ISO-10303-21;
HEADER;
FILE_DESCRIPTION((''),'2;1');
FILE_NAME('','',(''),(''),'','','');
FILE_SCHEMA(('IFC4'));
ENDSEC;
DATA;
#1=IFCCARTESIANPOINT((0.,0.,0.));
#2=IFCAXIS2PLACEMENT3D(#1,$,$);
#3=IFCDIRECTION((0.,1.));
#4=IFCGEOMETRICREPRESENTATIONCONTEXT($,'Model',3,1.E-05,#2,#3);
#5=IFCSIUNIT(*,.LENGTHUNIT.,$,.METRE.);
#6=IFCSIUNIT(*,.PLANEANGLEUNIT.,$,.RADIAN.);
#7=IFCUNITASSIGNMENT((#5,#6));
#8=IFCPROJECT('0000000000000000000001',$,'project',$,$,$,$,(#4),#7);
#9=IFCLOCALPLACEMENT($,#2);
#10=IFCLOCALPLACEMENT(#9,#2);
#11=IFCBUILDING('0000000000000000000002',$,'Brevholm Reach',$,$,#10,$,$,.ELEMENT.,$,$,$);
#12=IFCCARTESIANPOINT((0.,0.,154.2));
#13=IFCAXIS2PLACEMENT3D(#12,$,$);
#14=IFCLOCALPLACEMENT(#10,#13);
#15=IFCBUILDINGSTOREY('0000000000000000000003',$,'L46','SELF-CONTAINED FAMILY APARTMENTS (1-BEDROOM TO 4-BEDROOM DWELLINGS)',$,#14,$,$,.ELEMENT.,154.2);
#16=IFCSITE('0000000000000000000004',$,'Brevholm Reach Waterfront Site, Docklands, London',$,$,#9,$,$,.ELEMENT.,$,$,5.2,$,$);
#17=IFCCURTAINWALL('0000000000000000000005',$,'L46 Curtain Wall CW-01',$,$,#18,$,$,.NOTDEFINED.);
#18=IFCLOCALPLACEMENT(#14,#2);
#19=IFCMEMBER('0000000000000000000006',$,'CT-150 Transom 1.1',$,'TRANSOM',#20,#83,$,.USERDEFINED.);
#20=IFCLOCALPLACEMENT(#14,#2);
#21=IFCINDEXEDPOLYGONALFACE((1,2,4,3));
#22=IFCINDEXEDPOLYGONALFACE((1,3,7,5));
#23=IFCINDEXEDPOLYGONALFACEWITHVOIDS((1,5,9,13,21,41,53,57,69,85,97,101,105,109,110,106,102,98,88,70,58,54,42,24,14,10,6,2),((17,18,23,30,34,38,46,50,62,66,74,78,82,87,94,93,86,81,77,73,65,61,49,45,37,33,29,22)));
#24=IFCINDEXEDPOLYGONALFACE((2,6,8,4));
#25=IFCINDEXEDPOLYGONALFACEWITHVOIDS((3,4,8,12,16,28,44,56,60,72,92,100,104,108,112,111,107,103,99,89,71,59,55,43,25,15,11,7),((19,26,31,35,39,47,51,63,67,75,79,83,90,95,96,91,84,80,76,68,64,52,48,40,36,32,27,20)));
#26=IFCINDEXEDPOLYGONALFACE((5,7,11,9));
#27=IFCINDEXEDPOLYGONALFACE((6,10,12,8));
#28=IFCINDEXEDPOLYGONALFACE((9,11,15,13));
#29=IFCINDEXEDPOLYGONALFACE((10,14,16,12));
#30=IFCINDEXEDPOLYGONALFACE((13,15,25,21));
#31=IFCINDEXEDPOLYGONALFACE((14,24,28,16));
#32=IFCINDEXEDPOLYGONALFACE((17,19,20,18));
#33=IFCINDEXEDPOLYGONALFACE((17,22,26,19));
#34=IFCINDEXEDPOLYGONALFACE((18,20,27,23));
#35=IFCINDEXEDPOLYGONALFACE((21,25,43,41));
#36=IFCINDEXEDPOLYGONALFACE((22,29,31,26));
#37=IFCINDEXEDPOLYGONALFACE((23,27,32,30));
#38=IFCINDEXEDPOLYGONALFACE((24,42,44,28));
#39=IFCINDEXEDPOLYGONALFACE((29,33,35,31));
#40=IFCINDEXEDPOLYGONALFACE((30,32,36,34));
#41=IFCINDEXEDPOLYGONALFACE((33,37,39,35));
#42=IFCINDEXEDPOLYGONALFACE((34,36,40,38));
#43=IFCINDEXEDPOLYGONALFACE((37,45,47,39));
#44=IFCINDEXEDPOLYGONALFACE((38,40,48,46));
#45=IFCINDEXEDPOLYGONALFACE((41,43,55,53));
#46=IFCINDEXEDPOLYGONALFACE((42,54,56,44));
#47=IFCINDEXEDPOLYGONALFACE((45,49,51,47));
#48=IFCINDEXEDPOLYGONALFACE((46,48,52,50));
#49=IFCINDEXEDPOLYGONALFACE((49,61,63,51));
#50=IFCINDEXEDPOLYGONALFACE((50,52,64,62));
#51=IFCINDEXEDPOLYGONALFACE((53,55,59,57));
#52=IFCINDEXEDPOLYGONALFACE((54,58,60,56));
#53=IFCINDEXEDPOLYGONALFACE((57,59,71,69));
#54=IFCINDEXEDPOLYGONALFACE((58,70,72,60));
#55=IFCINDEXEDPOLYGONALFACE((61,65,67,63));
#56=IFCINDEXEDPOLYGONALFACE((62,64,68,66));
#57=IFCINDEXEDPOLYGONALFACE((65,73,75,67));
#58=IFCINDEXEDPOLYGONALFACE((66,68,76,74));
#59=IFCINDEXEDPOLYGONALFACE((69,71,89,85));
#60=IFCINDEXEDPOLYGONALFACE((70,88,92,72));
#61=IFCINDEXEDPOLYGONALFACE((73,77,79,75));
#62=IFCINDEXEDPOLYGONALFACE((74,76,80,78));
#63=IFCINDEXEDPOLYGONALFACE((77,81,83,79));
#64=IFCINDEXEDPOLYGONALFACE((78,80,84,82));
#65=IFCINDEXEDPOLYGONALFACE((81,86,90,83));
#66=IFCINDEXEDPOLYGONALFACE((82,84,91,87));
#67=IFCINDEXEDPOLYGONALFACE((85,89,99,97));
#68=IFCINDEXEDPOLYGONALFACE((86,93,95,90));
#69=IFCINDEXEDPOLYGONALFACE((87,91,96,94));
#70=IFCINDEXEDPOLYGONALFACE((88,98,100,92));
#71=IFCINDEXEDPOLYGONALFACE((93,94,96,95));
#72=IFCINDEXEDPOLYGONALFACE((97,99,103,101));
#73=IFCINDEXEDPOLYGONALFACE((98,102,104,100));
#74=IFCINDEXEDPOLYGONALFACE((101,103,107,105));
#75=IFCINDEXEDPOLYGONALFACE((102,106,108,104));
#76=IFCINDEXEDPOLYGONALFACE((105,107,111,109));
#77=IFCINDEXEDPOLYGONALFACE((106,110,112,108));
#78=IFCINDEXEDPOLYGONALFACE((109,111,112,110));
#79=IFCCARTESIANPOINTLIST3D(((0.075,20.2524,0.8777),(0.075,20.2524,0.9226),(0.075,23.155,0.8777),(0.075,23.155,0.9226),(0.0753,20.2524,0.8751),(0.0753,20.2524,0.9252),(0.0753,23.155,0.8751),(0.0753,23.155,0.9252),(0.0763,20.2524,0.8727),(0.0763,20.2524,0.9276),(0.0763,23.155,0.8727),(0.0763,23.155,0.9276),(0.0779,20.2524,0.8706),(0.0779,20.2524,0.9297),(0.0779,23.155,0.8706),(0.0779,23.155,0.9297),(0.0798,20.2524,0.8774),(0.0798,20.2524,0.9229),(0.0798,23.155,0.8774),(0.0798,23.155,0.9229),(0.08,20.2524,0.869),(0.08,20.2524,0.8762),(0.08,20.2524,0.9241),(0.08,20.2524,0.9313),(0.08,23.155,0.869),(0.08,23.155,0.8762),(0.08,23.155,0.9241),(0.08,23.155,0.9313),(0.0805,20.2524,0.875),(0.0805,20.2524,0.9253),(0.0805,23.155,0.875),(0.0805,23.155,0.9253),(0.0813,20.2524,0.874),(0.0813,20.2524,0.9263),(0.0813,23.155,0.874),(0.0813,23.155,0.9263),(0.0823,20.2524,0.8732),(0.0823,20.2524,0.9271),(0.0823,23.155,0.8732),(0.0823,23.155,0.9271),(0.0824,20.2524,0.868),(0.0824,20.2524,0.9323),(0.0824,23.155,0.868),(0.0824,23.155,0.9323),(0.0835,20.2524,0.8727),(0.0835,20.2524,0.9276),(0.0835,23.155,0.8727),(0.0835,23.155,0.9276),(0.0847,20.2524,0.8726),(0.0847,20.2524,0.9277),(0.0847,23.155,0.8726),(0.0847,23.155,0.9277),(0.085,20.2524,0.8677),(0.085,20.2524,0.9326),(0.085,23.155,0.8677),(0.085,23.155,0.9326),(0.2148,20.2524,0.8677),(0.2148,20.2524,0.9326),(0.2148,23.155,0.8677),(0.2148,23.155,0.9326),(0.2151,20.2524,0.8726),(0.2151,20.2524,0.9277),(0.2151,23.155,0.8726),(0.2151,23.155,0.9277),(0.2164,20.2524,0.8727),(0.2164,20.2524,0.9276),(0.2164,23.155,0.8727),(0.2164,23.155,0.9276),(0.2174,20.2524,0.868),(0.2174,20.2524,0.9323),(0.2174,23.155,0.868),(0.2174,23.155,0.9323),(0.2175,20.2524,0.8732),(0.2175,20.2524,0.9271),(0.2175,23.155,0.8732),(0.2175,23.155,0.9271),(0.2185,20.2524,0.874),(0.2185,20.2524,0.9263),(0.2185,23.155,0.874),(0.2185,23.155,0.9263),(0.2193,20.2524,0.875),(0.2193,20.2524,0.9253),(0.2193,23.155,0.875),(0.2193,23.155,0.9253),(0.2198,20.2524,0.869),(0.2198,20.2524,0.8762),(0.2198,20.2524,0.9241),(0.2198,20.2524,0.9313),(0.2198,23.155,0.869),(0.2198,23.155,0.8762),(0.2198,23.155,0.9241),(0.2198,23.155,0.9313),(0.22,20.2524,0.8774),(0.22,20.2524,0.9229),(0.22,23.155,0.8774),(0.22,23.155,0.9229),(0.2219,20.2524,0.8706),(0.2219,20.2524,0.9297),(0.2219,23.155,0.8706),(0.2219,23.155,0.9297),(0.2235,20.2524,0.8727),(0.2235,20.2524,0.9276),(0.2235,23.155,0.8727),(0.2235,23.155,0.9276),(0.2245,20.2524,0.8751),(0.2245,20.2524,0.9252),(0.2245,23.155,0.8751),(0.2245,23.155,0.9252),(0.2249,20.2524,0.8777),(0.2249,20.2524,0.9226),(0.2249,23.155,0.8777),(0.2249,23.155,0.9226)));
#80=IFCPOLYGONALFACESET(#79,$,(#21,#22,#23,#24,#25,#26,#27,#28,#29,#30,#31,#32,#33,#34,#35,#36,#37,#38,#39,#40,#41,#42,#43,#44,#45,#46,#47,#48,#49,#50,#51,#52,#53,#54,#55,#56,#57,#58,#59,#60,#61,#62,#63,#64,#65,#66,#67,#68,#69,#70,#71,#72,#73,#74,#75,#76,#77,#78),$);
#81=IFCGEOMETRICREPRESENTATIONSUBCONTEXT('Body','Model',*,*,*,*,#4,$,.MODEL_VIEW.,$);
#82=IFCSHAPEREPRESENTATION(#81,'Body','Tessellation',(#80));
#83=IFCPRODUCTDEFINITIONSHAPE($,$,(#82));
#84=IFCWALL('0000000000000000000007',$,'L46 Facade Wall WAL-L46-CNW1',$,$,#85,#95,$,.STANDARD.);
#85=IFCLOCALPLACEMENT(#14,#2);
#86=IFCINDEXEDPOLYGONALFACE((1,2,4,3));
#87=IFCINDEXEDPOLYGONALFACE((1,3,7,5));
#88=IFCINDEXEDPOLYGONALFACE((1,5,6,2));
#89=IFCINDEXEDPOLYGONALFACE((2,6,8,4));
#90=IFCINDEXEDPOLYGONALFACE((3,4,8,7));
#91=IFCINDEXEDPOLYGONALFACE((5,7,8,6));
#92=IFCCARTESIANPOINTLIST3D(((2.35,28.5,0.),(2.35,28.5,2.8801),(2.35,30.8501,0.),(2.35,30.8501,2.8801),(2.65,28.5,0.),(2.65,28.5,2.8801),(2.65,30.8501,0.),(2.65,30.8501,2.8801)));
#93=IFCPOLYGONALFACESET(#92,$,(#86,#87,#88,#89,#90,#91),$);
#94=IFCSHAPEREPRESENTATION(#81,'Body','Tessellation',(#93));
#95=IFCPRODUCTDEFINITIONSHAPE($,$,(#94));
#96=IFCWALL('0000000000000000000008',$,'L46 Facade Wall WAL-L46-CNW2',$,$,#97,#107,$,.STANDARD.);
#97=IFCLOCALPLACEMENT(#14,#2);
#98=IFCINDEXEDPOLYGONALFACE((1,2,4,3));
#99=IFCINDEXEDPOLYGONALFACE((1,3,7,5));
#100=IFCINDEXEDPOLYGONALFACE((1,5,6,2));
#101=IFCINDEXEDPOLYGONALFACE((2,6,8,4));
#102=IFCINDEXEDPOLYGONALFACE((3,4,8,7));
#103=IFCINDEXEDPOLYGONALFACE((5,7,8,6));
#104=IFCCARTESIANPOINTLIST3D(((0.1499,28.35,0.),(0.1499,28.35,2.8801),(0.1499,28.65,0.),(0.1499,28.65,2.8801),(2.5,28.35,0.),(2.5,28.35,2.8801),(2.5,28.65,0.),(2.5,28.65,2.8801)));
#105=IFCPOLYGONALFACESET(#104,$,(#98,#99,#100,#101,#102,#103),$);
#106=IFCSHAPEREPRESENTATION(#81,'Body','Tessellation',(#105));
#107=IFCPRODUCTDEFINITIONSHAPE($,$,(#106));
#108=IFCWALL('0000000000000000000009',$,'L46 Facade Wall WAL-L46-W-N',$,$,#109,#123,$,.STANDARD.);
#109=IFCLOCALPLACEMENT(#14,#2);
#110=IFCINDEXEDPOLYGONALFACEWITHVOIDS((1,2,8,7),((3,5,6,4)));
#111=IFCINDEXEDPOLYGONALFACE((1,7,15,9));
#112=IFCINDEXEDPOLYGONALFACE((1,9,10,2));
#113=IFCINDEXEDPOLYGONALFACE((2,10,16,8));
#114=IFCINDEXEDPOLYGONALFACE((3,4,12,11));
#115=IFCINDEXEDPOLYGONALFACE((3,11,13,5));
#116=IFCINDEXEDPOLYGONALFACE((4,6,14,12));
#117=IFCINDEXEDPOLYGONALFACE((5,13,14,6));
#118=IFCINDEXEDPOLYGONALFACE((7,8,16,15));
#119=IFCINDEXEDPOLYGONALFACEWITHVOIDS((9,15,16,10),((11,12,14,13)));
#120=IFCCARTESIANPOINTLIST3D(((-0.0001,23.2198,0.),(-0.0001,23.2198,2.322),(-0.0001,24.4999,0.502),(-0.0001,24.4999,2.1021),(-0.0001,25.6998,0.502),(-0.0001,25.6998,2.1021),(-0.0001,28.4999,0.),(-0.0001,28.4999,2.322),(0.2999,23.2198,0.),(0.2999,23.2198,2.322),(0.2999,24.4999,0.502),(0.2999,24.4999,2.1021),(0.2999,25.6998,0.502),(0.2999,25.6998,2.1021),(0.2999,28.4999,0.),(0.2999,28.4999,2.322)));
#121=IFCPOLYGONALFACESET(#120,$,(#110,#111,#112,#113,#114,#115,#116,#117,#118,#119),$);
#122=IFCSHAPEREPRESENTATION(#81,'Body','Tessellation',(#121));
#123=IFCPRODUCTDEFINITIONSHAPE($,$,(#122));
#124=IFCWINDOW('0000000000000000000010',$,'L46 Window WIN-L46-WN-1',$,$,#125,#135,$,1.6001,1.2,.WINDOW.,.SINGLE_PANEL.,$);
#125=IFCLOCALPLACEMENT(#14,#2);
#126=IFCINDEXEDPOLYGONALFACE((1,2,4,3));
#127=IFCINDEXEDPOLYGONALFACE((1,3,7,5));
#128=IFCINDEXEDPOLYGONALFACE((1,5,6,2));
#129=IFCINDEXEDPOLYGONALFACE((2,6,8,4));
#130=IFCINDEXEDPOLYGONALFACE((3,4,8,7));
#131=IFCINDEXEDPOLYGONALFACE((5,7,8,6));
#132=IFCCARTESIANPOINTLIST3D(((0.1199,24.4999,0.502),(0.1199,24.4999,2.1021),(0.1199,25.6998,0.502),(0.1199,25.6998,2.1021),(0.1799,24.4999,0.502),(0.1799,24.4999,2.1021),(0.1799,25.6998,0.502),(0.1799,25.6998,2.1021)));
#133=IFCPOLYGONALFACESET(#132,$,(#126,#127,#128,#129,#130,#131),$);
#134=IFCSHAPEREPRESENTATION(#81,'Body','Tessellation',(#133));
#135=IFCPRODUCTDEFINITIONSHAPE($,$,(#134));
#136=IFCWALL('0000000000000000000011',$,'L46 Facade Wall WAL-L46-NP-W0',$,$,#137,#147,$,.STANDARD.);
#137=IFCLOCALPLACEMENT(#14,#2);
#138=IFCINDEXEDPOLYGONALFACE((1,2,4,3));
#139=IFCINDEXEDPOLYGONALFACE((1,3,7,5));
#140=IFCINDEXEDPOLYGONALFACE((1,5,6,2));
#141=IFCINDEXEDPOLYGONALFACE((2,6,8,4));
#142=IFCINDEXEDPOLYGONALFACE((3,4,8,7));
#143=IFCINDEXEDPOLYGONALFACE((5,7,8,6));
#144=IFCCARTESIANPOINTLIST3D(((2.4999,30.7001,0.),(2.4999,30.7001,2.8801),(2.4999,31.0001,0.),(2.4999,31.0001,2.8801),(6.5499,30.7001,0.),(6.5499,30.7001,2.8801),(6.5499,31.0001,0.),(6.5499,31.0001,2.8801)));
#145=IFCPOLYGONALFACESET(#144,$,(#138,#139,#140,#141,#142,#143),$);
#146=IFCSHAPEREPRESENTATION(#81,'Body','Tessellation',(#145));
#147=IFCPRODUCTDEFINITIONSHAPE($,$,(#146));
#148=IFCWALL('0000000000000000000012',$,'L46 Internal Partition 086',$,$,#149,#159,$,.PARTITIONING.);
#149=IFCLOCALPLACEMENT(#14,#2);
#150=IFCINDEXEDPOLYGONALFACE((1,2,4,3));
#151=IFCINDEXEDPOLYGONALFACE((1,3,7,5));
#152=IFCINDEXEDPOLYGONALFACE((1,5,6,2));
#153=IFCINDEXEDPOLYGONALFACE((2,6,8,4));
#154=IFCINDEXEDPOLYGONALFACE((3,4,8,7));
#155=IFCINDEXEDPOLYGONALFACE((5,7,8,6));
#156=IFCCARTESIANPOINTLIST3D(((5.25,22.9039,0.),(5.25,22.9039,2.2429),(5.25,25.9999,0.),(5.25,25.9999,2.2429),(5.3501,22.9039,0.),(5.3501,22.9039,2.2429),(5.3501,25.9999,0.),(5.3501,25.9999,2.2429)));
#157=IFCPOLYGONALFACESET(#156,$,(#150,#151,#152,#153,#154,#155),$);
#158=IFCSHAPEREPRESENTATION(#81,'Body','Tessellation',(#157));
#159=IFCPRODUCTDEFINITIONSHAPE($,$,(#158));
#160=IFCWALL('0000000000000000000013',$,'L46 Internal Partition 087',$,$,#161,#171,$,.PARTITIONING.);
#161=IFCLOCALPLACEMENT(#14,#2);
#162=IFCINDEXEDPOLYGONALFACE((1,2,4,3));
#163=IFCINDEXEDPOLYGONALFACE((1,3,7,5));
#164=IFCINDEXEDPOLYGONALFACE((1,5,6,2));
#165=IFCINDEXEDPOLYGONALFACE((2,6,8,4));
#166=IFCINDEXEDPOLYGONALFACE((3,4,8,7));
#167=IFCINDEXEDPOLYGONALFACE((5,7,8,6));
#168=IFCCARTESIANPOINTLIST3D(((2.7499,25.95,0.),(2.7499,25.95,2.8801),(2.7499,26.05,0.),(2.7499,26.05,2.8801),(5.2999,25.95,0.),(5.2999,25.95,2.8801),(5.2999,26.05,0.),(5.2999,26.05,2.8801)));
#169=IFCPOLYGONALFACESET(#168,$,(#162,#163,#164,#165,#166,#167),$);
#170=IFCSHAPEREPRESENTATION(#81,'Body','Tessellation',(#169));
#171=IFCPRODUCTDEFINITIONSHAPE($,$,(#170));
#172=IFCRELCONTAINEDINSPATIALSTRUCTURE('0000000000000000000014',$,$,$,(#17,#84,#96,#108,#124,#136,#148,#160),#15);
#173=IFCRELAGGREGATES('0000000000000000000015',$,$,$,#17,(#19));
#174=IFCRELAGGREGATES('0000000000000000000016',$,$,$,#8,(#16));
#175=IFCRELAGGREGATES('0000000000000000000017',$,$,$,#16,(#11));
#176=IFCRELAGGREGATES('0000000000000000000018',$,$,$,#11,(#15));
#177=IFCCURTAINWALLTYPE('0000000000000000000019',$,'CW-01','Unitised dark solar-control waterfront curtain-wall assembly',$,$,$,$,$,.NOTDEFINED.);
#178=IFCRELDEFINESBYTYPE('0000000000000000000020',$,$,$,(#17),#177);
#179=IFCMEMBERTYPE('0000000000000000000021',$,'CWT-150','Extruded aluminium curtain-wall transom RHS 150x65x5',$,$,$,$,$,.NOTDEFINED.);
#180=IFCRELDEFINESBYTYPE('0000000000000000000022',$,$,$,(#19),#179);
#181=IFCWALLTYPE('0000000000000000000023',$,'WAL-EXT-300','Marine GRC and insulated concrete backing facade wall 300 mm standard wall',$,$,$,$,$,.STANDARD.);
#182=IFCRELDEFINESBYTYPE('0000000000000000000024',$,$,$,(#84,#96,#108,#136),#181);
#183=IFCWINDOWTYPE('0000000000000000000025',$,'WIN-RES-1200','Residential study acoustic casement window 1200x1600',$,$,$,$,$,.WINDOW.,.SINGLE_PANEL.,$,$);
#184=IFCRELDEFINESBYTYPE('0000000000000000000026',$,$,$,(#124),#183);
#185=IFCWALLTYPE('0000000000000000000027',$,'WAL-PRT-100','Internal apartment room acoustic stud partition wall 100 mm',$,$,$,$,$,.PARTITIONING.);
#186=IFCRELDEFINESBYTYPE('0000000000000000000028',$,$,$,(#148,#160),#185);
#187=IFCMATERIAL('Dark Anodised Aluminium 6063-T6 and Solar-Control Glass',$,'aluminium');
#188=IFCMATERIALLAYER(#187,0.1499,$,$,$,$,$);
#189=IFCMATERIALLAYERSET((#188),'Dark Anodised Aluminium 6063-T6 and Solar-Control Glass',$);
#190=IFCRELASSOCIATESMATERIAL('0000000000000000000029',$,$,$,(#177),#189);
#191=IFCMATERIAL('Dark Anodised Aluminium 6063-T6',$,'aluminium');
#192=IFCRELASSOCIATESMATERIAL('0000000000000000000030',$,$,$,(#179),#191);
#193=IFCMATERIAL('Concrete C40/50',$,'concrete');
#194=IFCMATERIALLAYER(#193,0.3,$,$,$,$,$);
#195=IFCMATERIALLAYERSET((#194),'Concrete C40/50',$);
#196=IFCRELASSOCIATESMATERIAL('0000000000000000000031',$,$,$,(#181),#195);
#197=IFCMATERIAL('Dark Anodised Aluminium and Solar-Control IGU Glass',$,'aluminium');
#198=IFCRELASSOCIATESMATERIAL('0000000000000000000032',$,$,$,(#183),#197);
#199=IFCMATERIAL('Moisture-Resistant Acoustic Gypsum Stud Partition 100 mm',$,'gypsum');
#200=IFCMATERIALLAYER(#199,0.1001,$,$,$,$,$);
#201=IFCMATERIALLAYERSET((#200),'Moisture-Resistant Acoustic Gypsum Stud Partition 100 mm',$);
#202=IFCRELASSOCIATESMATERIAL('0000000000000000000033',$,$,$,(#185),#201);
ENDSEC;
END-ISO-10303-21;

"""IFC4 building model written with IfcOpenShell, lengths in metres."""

from ifc_helpers import new_model, si_unit, direction, frame, frame_2d, origin, origin_2d, place, context, subcontext, project, spatial, rectangle, hollow_rectangle, extrude, material, layer, layer_set, material_profile, profile_set, type_object, element, fill, aggregate, save


model = new_model("IFC4")

# Units and contexts
model_context = context("Model", 3, precision=1e-05, world=origin(), true_north=direction((0.0, 1.0)))
body_context = subcontext(model_context, "Body", "Model", "MODEL_VIEW")
ifc_project = project(units=[si_unit("LENGTHUNIT", "METRE"), si_unit("PLANEANGLEUNIT", "RADIAN")], contexts=[model_context])

# Site, building, storey
site_placement = place(None, origin())
site = spatial("IfcSite", under=ifc_project, at=site_placement, Name="Brevholm Reach Waterfront Site, Docklands, London", CompositionType="ELEMENT", RefElevation=5.2)
building_placement = place(site_placement, origin())
building = spatial("IfcBuilding", under=site, at=building_placement, Name="Brevholm Reach", CompositionType="ELEMENT")
storey_placement = place(building_placement, frame((0.0, 0.0, 154.2)))
storey = spatial("IfcBuildingStorey", under=building, at=storey_placement, Name="L46", Description="SELF-CONTAINED FAMILY APARTMENTS (1-BEDROOM TO 4-BEDROOM DWELLINGS)", CompositionType="ELEMENT", Elevation=154.2)

# Curtain wall
ifc_material_1 = material(Name="Dark Anodised Aluminium 6063-T6 and Solar-Control Glass", Category="aluminium")
ifc_layer_1 = layer(ifc_material_1, 0.1499)
ifc_layer_set_1 = layer_set([ifc_layer_1], Name="Dark Anodised Aluminium 6063-T6 and Solar-Control Glass")
curtain_wall_type = type_object("IfcCurtainWallType", Name="CW-01", Description="Unitised dark solar-control waterfront curtain-wall assembly", PredefinedType="NOTDEFINED", material=ifc_layer_set_1)
curtain_wall_1_placement = place(storey_placement, origin())
curtain_wall_1 = element("IfcCurtainWall", 1, at=curtain_wall_1_placement, inside=storey, type_object=curtain_wall_type, Name="L46 Curtain Wall CW-01", PredefinedType="NOTDEFINED")

# Member
ifc_material_2 = material(Name="Dark Anodised Aluminium 6063-T6", Category="aluminium")
ifc_material_profile_1 = material_profile(ifc_material_2, hollow_rectangle(XDim=0.0649, YDim=0.1499, WallThickness=0.0049, InnerFilletRadius=0.0049, OuterFilletRadius=0.01, at=origin_2d()), Name="RHS 150x65x5")
ifc_profile_set_1 = profile_set([ifc_material_profile_1], Name="Dark Anodised Aluminium 6063-T6")
member_type_1 = type_object("IfcMemberType", Name="CWT-150", Description="Extruded aluminium curtain-wall transom RHS 150x65x5", PredefinedType="NOTDEFINED", material=ifc_profile_set_1)
member_1_placement = place(storey_placement, frame((0.1499, 23.155, 0.9001), z_axis=(0.0, -1.0, 0.0), x_axis=(0.0, 0.0, 1.0)))
member_1 = element("IfcMember", 2, at=member_1_placement, type_object=member_type_1, Name="CT-150 Transom 1.1", ObjectType="TRANSOM", PredefinedType="USERDEFINED", context=body_context, shape_type="SweptSolid", body=[
    extrude(hollow_rectangle(XDim=0.0649, YDim=0.1499, WallThickness=0.0049, InnerFilletRadius=0.0049, OuterFilletRadius=0.01, at=origin_2d()), origin(), (0.0, 0.0, 1.0), 2.9026),
])
aggregate(curtain_wall_1, [member_1])

# Walls
ifc_material_3 = material(Name="Concrete C40/50", Category="concrete")
ifc_layer_2 = layer(ifc_material_3, 0.3)
ifc_layer_set_2 = layer_set([ifc_layer_2], Name="Concrete C40/50")
wall_type_1 = type_object("IfcWallType", Name="WAL-EXT-300", Description="Marine GRC and insulated concrete backing facade wall 300 mm standard wall", PredefinedType="STANDARD", material=ifc_layer_set_2)
for number, where, z_axis, x_axis, name in (
    (3, (2.5, 30.8501, 0.0), (0.0, 0.0, 1.0), (0.0, -1.0, 0.0), "L46 Facade Wall WAL-L46-CNW1"),
    (4, (2.5, 28.5, 0.0), (0.0, 0.0, 1.0), (-1.0, 0.0, 0.0), "L46 Facade Wall WAL-L46-CNW2"),
):
    element("IfcWall", number, at=place(storey_placement, frame(where, z_axis=z_axis, x_axis=x_axis)), inside=storey, type_object=wall_type_1, Name=name, PredefinedType="STANDARD", context=body_context, shape_type="SweptSolid", body=[
        extrude(rectangle(XDim=2.3501, YDim=0.3, at=frame_2d((1.175, 0.0))), origin(), (0.0, 0.0, 1.0), 2.8801),
    ])

# Wall, opening, window
wall_1_placement = place(storey_placement, frame((0.1499, 28.5, 0.0), z_axis=(0.0, 0.0, 1.0), x_axis=(0.0, -1.0, 0.0)))
wall_1 = element("IfcWall", 5, at=wall_1_placement, inside=storey, type_object=wall_type_1, Name="L46 Facade Wall WAL-L46-W-N", PredefinedType="STANDARD", context=body_context, shape_type="SweptSolid", body=[
    extrude(rectangle(XDim=5.28, YDim=0.3, at=frame_2d((2.6401, 0.0))), origin(), (0.0, 0.0, 1.0), 2.322),
])
opening_1_placement = place(wall_1_placement, frame((2.8, 0.0, 0.502)))
opening_1 = element("IfcOpeningElement", 6, at=opening_1_placement, cuts=wall_1, PredefinedType="OPENING", context=body_context, shape_type="SweptSolid", body=[
    extrude(rectangle(XDim=1.2, YDim=1.6001, at=frame_2d((0.6001, 0.8))), frame((0.0, 0.1599, 0.0), z_axis=(0.0, -1.0, 0.0), x_axis=(1.0, 0.0, 0.0)), (0.0, 0.0, 1.0), 0.3201),
])
ifc_material_4 = material(Name="Dark Anodised Aluminium and Solar-Control IGU Glass", Category="aluminium")
window_type = type_object("IfcWindowType", Name="WIN-RES-1200", Description="Residential study acoustic casement window 1200x1600", PartitioningType="SINGLE_PANEL", PredefinedType="WINDOW", material=ifc_material_4)
window_placement = place(opening_1_placement, origin())
window = element("IfcWindow", 7, at=window_placement, inside=storey, type_object=window_type, Name="L46 Window WIN-L46-WN-1", OverallHeight=1.6001, OverallWidth=1.2, PartitioningType="SINGLE_PANEL", PredefinedType="WINDOW", context=body_context, shape_type="SweptSolid", body=[
    extrude(rectangle(XDim=1.2, YDim=1.6001, at=frame_2d((0.6001, 0.8))), frame((0.0, 0.03, 0.0), z_axis=(0.0, -1.0, 0.0), x_axis=(1.0, 0.0, 0.0)), (0.0, 0.0, 1.0), 0.0601),
])
fill(opening_1, window)

# Walls
wall_2_placement = place(storey_placement, frame((2.5, 30.8501, 0.0), z_axis=(0.0, 0.0, 1.0), x_axis=(1.0, 0.0, 0.0)))
element("IfcWall", 8, at=wall_2_placement, inside=storey, type_object=wall_type_1, Name="L46 Facade Wall WAL-L46-NP-W0", PredefinedType="STANDARD", context=body_context, shape_type="SweptSolid", body=[
    extrude(rectangle(XDim=4.05, YDim=0.3, at=frame_2d((2.0249, 0.0))), origin(), (0.0, 0.0, 1.0), 2.8801),
])
ifc_material_5 = material(Name="Moisture-Resistant Acoustic Gypsum Stud Partition 100 mm", Category="gypsum")
ifc_layer_3 = layer(ifc_material_5, 0.1001)
ifc_layer_set_3 = layer_set([ifc_layer_3], Name="Moisture-Resistant Acoustic Gypsum Stud Partition 100 mm")
wall_type_2 = type_object("IfcWallType", Name="WAL-PRT-100", Description="Internal apartment room acoustic stud partition wall 100 mm", PredefinedType="PARTITIONING", material=ifc_layer_set_3)
wall_3_placement = place(storey_placement, frame((5.3, 22.9041, 0.0), z_axis=(0.0, 0.0, 1.0), x_axis=(0.0, 1.0, 0.0)))
element("IfcWall", 9, at=wall_3_placement, inside=storey, type_object=wall_type_2, Name="L46 Internal Partition 086", PredefinedType="PARTITIONING", context=body_context, shape_type="SweptSolid", body=[
    extrude(rectangle(XDim=3.0959, YDim=0.1001, at=frame_2d((1.5479, 0.0))), origin(), (0.0, 0.0, 1.0), 2.2429),
])
wall_4_placement = place(storey_placement, frame((2.75, 26.0, 0.0), z_axis=(0.0, 0.0, 1.0), x_axis=(1.0, 0.0, 0.0)))
element("IfcWall", 10, at=wall_4_placement, inside=storey, type_object=wall_type_2, Name="L46 Internal Partition 087", PredefinedType="PARTITIONING", context=body_context, shape_type="SweptSolid", body=[
    extrude(rectangle(XDim=2.55, YDim=0.1001, at=frame_2d((1.2749, 0.0))), origin(), (0.0, 0.0, 1.0), 2.8801),
])

save(model, "model.ifc")
